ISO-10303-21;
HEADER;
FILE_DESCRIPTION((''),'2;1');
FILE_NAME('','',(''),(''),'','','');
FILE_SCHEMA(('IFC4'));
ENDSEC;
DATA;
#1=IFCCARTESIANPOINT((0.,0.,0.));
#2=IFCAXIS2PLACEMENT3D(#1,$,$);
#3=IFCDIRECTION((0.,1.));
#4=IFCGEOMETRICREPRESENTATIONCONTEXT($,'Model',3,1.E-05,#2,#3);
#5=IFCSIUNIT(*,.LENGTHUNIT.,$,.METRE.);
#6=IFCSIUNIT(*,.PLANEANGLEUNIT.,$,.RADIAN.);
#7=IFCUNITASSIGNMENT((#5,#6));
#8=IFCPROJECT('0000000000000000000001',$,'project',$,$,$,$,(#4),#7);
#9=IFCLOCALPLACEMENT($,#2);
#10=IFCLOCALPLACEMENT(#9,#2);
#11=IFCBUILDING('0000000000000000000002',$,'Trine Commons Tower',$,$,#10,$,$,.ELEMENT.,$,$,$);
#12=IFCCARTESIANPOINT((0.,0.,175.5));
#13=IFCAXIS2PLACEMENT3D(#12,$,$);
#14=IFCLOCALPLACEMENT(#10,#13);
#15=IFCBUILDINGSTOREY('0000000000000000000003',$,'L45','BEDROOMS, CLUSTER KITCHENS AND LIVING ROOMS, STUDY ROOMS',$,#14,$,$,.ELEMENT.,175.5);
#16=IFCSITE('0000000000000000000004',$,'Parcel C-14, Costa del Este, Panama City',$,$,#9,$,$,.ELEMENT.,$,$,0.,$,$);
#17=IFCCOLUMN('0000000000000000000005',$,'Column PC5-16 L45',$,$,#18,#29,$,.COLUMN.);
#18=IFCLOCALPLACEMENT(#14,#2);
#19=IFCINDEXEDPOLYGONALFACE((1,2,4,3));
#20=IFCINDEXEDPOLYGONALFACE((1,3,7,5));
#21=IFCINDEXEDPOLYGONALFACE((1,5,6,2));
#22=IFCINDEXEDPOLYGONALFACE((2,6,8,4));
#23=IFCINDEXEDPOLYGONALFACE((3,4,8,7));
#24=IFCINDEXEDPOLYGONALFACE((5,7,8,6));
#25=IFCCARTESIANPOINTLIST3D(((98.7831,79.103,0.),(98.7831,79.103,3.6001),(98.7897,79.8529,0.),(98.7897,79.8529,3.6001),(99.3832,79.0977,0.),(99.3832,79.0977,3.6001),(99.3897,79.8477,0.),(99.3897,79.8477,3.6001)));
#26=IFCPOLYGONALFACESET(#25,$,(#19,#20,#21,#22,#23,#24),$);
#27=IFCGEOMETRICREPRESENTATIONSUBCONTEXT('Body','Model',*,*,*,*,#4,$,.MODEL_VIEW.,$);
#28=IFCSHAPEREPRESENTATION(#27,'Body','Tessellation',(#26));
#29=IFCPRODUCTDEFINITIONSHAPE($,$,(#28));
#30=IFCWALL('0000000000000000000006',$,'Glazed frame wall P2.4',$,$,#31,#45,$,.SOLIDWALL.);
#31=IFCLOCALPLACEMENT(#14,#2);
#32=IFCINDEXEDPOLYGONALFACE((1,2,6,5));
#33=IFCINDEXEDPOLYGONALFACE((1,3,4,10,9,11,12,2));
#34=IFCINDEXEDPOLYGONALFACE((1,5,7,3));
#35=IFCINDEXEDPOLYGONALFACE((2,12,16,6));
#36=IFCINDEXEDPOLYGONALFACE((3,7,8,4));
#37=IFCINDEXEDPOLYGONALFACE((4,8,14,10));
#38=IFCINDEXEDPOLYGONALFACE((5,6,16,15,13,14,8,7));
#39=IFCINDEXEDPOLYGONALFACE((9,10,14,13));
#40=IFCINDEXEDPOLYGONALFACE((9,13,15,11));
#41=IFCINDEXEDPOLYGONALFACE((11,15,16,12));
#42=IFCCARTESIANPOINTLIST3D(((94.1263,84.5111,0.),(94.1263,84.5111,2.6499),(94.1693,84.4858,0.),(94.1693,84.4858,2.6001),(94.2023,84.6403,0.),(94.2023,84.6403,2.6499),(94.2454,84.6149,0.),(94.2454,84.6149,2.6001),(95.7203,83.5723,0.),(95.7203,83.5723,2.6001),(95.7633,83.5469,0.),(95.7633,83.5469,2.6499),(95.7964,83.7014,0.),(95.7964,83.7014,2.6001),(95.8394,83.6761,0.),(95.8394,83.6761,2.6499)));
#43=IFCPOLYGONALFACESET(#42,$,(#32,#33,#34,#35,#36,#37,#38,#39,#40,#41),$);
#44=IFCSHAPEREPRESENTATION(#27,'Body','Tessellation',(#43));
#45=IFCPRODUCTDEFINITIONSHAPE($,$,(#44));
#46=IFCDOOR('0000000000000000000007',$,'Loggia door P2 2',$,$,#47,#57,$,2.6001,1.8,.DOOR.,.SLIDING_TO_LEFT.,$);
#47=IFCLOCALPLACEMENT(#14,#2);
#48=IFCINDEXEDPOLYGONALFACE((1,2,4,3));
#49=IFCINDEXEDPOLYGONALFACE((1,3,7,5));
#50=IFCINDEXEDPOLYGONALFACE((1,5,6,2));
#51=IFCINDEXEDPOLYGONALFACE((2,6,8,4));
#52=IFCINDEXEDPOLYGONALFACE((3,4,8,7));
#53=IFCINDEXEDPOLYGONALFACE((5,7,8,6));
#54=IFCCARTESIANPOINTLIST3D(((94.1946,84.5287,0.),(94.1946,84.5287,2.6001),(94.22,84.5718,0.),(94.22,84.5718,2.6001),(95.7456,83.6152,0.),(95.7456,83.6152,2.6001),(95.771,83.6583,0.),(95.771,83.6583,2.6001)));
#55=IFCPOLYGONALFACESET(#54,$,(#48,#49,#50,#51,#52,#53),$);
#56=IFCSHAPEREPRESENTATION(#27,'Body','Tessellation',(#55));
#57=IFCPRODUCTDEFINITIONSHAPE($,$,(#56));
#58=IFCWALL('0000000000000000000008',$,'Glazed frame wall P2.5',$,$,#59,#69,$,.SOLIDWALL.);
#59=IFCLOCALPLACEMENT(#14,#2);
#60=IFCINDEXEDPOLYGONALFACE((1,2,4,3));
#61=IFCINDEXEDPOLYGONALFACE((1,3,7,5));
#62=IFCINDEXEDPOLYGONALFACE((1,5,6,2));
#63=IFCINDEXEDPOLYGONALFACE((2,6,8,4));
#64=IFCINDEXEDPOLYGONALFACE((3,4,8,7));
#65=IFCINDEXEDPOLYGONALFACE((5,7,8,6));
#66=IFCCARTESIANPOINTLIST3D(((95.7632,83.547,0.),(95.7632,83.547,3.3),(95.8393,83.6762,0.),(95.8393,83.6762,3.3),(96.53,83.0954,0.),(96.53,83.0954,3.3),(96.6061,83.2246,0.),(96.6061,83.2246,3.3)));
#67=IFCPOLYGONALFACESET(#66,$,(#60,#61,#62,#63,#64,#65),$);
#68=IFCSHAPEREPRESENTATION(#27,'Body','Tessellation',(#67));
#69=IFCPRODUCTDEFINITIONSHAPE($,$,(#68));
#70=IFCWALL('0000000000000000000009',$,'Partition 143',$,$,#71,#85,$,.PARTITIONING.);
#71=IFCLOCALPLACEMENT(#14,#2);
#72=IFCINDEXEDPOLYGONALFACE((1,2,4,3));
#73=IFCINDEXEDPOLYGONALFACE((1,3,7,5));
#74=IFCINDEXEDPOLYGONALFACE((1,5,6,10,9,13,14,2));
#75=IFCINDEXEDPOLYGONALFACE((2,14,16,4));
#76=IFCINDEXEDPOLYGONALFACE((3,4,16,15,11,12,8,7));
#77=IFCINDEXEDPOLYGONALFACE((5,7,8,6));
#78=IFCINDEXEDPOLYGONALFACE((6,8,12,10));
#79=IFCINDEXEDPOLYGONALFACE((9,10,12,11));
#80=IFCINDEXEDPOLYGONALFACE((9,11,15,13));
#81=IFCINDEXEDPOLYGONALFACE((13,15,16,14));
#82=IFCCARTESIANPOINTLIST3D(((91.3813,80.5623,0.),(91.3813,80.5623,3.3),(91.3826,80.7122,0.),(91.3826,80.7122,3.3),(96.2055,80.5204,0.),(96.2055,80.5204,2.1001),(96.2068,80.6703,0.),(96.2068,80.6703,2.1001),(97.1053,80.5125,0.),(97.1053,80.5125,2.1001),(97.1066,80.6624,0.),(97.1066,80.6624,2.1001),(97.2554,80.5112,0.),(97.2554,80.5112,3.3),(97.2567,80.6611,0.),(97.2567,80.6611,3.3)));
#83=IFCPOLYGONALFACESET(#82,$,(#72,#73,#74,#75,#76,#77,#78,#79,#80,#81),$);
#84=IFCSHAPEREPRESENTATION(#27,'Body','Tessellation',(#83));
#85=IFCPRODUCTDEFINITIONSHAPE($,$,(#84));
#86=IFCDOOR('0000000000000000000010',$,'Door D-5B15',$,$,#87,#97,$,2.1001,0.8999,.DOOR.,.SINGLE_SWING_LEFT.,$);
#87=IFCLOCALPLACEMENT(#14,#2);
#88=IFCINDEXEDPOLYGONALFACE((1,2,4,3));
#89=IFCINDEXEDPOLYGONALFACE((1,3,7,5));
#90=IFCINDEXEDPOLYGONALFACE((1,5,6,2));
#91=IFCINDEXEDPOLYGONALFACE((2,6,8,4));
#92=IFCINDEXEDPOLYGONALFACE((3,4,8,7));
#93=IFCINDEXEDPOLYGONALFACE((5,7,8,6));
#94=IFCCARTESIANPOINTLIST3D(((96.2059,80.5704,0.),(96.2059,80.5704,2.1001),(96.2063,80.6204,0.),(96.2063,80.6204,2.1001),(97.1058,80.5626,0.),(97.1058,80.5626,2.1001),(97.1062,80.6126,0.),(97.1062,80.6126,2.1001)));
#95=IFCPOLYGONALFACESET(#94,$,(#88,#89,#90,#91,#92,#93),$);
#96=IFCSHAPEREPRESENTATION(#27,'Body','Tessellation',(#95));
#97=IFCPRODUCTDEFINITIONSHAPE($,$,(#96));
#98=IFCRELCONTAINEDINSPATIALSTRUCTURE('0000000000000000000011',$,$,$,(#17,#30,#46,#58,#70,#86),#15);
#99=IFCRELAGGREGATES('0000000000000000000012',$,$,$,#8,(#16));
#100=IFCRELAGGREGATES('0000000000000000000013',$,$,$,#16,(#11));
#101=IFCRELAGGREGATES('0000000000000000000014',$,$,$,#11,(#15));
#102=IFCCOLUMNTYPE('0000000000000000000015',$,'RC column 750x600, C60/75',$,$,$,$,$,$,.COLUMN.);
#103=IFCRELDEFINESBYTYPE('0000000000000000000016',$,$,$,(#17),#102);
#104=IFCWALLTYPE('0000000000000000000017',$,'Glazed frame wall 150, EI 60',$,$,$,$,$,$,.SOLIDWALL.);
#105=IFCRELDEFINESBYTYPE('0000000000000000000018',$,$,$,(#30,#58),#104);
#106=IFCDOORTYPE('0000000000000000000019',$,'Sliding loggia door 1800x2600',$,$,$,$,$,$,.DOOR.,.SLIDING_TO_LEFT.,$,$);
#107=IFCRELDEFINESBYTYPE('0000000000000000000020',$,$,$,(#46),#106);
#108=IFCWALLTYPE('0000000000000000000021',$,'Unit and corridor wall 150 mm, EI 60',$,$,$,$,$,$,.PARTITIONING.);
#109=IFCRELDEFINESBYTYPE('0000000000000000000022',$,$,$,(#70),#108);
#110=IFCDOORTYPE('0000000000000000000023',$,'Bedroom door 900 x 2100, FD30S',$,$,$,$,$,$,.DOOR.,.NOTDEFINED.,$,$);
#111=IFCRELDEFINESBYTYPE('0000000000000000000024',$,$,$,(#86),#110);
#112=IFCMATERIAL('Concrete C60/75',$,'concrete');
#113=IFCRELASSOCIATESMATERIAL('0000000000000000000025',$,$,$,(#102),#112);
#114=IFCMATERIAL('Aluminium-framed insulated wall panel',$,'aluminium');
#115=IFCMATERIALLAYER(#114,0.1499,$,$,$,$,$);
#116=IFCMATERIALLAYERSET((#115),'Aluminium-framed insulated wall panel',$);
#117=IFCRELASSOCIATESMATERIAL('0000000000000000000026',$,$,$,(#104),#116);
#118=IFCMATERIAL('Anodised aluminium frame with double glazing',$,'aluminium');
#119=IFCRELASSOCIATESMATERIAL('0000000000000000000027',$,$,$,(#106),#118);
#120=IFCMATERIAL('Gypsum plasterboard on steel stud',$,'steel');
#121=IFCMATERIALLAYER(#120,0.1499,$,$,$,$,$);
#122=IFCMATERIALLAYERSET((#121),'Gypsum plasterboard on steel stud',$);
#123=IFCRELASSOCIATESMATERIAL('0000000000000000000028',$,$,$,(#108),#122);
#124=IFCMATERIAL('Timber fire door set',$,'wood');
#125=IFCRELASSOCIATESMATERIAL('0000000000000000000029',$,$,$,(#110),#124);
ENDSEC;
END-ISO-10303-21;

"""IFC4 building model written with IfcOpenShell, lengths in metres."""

from ifc_helpers import new_model, si_unit, direction, frame, frame_2d, origin, origin_2d, place, context, subcontext, project, spatial, polyline, rectangle, outline, extrude, material, layer, layer_set, material_profile, profile_set, type_object, element, fill, save


model = new_model("IFC4")

# Units and contexts
model_context = context("Model", 3, precision=1e-05, world=origin(), true_north=direction((0.0, 1.0)))
body_context = subcontext(model_context, "Body", "Model", "MODEL_VIEW")
ifc_project = project(units=[si_unit("LENGTHUNIT", "METRE"), si_unit("PLANEANGLEUNIT", "RADIAN")], contexts=[model_context])

# Site, building, storey
site_placement = place(None, origin())
site = spatial("IfcSite", under=ifc_project, at=site_placement, Name="Parcel C-14, Costa del Este, Panama City", CompositionType="ELEMENT", RefElevation=0.0)
building_placement = place(site_placement, origin())
building = spatial("IfcBuilding", under=site, at=building_placement, Name="Trine Commons Tower", CompositionType="ELEMENT")
storey_placement = place(building_placement, frame((0.0, 0.0, 175.5)))
storey = spatial("IfcBuildingStorey", under=building, at=storey_placement, Name="L45", Description="BEDROOMS, CLUSTER KITCHENS AND LIVING ROOMS, STUDY ROOMS", CompositionType="ELEMENT", Elevation=175.5)

# Column
ifc_material_1 = material(Name="Concrete C60/75", Category="concrete")
ifc_material_profile = material_profile(ifc_material_1, rectangle(XDim=0.75, YDim=0.6001, at=origin_2d()), Name="RC 750x600")
ifc_profile_set = profile_set([ifc_material_profile], Name="Concrete C60/75")
column_type = type_object("IfcColumnType", Name="RC column 750x600, C60/75", PredefinedType="COLUMN", material=ifc_profile_set)
column_placement = place(storey_placement, frame((99.0864, 79.4753, 0.0), z_axis=(0.0, 0.0, 1.0), x_axis=(0.008727, 0.999962, 0.0)))
element("IfcColumn", 1, at=column_placement, inside=storey, type_object=column_type, Name="Column PC5-16 L45", PredefinedType="COLUMN", context=body_context, shape_type="SweptSolid", body=[
    extrude(rectangle(XDim=0.75, YDim=0.6001, at=origin_2d()), origin(), (0.0, 0.0, 1.0), 3.6001),
])

# Wall, opening, door
ifc_material_2 = material(Name="Aluminium-framed insulated wall panel", Category="aluminium")
ifc_layer_1 = layer(ifc_material_2, 0.1499)
ifc_layer_set_1 = layer_set([ifc_layer_1], Name="Aluminium-framed insulated wall panel")
wall_type_1 = type_object("IfcWallType", Name="Glazed frame wall 150, EI 60", PredefinedType="SOLIDWALL", material=ifc_layer_set_1)
wall_1_placement = place(storey_placement, frame((94.1643, 84.5757, 0.0), z_axis=(0.0, 0.0, 1.0), x_axis=(0.86166, -0.507486, 0.0)))
wall_1 = element("IfcWall", 2, at=wall_1_placement, inside=storey, type_object=wall_type_1, Name="Glazed frame wall P2.4", PredefinedType="SOLIDWALL", context=body_context, shape_type="SweptSolid", body=[
    extrude(outline(polyline([(0.0, -0.075), (1.8999, -0.075), (1.8999, 0.075), (0.0, 0.075), (0.0, -0.075)])), origin(), (0.0, 0.0, 1.0), 2.6499),
])
opening_1_placement = place(wall_1_placement, frame((0.05, 0.0, 0.0)))
opening_1 = element("IfcOpeningElement", 3, at=opening_1_placement, cuts=wall_1, PredefinedType="OPENING", context=body_context, shape_type="SweptSolid", body=[
    extrude(rectangle(XDim=1.8, YDim=2.6001, at=frame_2d((0.8999, 1.3))), frame((0.0, 0.085, 0.0), z_axis=(0.0, -1.0, 0.0), x_axis=(1.0, 0.0, 0.0)), (0.0, 0.0, 1.0), 0.1699),
])
ifc_material_3 = material(Name="Anodised aluminium frame with double glazing", Category="aluminium")
door_type_1 = type_object("IfcDoorType", Name="Sliding loggia door 1800x2600", OperationType="SLIDING_TO_LEFT", PredefinedType="DOOR", material=ifc_material_3)
door_1_placement = place(opening_1_placement, origin())
door_1 = element("IfcDoor", 4, at=door_1_placement, inside=storey, type_object=door_type_1, Name="Loggia door P2 2", OperationType="SLIDING_TO_LEFT", OverallHeight=2.6001, OverallWidth=1.8, PredefinedType="DOOR", context=body_context, shape_type="SweptSolid", body=[
    extrude(rectangle(XDim=1.8, YDim=2.6001, at=frame_2d((0.8999, 1.3))), frame((0.0, 0.0249, 0.0), z_axis=(0.0, -1.0, 0.0), x_axis=(1.0, 0.0, 0.0)), (0.0, 0.0, 1.0), 0.05),
])
fill(opening_1, door_1)

# Wall
wall_2_placement = place(storey_placement, frame((95.8013, 83.6116, 0.0), z_axis=(0.0, 0.0, 1.0), x_axis=(0.861664, -0.507479, 0.0)))
element("IfcWall", 5, at=wall_2_placement, inside=storey, type_object=wall_type_1, Name="Glazed frame wall P2.5", PredefinedType="SOLIDWALL", context=body_context, shape_type="SweptSolid", body=[
    extrude(outline(polyline([(0.8899, 0.075), (0.0, 0.075), (0.0, -0.075), (0.8899, -0.075), (0.8899, 0.075)])), origin(), (0.0, 0.0, 1.0), 3.3),
])

# Wall, opening, door
ifc_material_4 = material(Name="Gypsum plasterboard on steel stud", Category="steel")
ifc_layer_2 = layer(ifc_material_4, 0.1499)
ifc_layer_set_2 = layer_set([ifc_layer_2], Name="Gypsum plasterboard on steel stud")
wall_type_2 = type_object("IfcWallType", Name="Unit and corridor wall 150 mm, EI 60", PredefinedType="PARTITIONING", material=ifc_layer_set_2)
wall_3_placement = place(storey_placement, frame((91.3821, 80.6372, 0.0), z_axis=(0.0, 0.0, 1.0), x_axis=(0.999962, -0.008686, 0.0)))
wall_3 = element("IfcWall", 6, at=wall_3_placement, inside=storey, type_object=wall_type_2, Name="Partition 143", PredefinedType="PARTITIONING", context=body_context, shape_type="SweptSolid", body=[
    extrude(rectangle(XDim=5.8743, YDim=0.1499, at=frame_2d((2.937, 0.0))), origin(), (0.0, 0.0, 1.0), 3.3),
])
opening_2_placement = place(wall_3_placement, frame((4.8242, 0.0, 0.0)))
opening_2 = element("IfcOpeningElement", 7, at=opening_2_placement, cuts=wall_3, PredefinedType="OPENING", context=body_context, shape_type="SweptSolid", body=[
    extrude(rectangle(XDim=0.8999, YDim=2.1001, at=frame_2d((0.45, 1.05))), frame((0.0, 0.085, 0.0), z_axis=(0.0, -1.0, 0.0), x_axis=(1.0, 0.0, 0.0)), (0.0, 0.0, 1.0), 0.1699),
])
ifc_material_5 = material(Name="Timber fire door set", Category="wood")
door_type_2 = type_object("IfcDoorType", Name="Bedroom door 900 x 2100, FD30S", OperationType="NOTDEFINED", PredefinedType="DOOR", material=ifc_material_5)
door_2_placement = place(opening_2_placement, frame((0.8999, 0.0, 0.0), z_axis=(0.0, 0.0, 1.0), x_axis=(-1.0, 0.0, 0.0)))
door_2 = element("IfcDoor", 8, at=door_2_placement, inside=storey, type_object=door_type_2, Name="Door D-5B15", OperationType="SINGLE_SWING_LEFT", OverallHeight=2.1001, OverallWidth=0.8999, PredefinedType="DOOR", context=body_context, shape_type="SweptSolid", body=[
    extrude(rectangle(XDim=0.8999, YDim=2.1001, at=frame_2d((0.45, 1.05))), frame((0.0, 0.0249, 0.0), z_axis=(0.0, -1.0, 0.0), x_axis=(1.0, 0.0, 0.0)), (0.0, 0.0, 1.0), 0.05),
])
fill(opening_2, door_2)

save(model, "model.ifc")
